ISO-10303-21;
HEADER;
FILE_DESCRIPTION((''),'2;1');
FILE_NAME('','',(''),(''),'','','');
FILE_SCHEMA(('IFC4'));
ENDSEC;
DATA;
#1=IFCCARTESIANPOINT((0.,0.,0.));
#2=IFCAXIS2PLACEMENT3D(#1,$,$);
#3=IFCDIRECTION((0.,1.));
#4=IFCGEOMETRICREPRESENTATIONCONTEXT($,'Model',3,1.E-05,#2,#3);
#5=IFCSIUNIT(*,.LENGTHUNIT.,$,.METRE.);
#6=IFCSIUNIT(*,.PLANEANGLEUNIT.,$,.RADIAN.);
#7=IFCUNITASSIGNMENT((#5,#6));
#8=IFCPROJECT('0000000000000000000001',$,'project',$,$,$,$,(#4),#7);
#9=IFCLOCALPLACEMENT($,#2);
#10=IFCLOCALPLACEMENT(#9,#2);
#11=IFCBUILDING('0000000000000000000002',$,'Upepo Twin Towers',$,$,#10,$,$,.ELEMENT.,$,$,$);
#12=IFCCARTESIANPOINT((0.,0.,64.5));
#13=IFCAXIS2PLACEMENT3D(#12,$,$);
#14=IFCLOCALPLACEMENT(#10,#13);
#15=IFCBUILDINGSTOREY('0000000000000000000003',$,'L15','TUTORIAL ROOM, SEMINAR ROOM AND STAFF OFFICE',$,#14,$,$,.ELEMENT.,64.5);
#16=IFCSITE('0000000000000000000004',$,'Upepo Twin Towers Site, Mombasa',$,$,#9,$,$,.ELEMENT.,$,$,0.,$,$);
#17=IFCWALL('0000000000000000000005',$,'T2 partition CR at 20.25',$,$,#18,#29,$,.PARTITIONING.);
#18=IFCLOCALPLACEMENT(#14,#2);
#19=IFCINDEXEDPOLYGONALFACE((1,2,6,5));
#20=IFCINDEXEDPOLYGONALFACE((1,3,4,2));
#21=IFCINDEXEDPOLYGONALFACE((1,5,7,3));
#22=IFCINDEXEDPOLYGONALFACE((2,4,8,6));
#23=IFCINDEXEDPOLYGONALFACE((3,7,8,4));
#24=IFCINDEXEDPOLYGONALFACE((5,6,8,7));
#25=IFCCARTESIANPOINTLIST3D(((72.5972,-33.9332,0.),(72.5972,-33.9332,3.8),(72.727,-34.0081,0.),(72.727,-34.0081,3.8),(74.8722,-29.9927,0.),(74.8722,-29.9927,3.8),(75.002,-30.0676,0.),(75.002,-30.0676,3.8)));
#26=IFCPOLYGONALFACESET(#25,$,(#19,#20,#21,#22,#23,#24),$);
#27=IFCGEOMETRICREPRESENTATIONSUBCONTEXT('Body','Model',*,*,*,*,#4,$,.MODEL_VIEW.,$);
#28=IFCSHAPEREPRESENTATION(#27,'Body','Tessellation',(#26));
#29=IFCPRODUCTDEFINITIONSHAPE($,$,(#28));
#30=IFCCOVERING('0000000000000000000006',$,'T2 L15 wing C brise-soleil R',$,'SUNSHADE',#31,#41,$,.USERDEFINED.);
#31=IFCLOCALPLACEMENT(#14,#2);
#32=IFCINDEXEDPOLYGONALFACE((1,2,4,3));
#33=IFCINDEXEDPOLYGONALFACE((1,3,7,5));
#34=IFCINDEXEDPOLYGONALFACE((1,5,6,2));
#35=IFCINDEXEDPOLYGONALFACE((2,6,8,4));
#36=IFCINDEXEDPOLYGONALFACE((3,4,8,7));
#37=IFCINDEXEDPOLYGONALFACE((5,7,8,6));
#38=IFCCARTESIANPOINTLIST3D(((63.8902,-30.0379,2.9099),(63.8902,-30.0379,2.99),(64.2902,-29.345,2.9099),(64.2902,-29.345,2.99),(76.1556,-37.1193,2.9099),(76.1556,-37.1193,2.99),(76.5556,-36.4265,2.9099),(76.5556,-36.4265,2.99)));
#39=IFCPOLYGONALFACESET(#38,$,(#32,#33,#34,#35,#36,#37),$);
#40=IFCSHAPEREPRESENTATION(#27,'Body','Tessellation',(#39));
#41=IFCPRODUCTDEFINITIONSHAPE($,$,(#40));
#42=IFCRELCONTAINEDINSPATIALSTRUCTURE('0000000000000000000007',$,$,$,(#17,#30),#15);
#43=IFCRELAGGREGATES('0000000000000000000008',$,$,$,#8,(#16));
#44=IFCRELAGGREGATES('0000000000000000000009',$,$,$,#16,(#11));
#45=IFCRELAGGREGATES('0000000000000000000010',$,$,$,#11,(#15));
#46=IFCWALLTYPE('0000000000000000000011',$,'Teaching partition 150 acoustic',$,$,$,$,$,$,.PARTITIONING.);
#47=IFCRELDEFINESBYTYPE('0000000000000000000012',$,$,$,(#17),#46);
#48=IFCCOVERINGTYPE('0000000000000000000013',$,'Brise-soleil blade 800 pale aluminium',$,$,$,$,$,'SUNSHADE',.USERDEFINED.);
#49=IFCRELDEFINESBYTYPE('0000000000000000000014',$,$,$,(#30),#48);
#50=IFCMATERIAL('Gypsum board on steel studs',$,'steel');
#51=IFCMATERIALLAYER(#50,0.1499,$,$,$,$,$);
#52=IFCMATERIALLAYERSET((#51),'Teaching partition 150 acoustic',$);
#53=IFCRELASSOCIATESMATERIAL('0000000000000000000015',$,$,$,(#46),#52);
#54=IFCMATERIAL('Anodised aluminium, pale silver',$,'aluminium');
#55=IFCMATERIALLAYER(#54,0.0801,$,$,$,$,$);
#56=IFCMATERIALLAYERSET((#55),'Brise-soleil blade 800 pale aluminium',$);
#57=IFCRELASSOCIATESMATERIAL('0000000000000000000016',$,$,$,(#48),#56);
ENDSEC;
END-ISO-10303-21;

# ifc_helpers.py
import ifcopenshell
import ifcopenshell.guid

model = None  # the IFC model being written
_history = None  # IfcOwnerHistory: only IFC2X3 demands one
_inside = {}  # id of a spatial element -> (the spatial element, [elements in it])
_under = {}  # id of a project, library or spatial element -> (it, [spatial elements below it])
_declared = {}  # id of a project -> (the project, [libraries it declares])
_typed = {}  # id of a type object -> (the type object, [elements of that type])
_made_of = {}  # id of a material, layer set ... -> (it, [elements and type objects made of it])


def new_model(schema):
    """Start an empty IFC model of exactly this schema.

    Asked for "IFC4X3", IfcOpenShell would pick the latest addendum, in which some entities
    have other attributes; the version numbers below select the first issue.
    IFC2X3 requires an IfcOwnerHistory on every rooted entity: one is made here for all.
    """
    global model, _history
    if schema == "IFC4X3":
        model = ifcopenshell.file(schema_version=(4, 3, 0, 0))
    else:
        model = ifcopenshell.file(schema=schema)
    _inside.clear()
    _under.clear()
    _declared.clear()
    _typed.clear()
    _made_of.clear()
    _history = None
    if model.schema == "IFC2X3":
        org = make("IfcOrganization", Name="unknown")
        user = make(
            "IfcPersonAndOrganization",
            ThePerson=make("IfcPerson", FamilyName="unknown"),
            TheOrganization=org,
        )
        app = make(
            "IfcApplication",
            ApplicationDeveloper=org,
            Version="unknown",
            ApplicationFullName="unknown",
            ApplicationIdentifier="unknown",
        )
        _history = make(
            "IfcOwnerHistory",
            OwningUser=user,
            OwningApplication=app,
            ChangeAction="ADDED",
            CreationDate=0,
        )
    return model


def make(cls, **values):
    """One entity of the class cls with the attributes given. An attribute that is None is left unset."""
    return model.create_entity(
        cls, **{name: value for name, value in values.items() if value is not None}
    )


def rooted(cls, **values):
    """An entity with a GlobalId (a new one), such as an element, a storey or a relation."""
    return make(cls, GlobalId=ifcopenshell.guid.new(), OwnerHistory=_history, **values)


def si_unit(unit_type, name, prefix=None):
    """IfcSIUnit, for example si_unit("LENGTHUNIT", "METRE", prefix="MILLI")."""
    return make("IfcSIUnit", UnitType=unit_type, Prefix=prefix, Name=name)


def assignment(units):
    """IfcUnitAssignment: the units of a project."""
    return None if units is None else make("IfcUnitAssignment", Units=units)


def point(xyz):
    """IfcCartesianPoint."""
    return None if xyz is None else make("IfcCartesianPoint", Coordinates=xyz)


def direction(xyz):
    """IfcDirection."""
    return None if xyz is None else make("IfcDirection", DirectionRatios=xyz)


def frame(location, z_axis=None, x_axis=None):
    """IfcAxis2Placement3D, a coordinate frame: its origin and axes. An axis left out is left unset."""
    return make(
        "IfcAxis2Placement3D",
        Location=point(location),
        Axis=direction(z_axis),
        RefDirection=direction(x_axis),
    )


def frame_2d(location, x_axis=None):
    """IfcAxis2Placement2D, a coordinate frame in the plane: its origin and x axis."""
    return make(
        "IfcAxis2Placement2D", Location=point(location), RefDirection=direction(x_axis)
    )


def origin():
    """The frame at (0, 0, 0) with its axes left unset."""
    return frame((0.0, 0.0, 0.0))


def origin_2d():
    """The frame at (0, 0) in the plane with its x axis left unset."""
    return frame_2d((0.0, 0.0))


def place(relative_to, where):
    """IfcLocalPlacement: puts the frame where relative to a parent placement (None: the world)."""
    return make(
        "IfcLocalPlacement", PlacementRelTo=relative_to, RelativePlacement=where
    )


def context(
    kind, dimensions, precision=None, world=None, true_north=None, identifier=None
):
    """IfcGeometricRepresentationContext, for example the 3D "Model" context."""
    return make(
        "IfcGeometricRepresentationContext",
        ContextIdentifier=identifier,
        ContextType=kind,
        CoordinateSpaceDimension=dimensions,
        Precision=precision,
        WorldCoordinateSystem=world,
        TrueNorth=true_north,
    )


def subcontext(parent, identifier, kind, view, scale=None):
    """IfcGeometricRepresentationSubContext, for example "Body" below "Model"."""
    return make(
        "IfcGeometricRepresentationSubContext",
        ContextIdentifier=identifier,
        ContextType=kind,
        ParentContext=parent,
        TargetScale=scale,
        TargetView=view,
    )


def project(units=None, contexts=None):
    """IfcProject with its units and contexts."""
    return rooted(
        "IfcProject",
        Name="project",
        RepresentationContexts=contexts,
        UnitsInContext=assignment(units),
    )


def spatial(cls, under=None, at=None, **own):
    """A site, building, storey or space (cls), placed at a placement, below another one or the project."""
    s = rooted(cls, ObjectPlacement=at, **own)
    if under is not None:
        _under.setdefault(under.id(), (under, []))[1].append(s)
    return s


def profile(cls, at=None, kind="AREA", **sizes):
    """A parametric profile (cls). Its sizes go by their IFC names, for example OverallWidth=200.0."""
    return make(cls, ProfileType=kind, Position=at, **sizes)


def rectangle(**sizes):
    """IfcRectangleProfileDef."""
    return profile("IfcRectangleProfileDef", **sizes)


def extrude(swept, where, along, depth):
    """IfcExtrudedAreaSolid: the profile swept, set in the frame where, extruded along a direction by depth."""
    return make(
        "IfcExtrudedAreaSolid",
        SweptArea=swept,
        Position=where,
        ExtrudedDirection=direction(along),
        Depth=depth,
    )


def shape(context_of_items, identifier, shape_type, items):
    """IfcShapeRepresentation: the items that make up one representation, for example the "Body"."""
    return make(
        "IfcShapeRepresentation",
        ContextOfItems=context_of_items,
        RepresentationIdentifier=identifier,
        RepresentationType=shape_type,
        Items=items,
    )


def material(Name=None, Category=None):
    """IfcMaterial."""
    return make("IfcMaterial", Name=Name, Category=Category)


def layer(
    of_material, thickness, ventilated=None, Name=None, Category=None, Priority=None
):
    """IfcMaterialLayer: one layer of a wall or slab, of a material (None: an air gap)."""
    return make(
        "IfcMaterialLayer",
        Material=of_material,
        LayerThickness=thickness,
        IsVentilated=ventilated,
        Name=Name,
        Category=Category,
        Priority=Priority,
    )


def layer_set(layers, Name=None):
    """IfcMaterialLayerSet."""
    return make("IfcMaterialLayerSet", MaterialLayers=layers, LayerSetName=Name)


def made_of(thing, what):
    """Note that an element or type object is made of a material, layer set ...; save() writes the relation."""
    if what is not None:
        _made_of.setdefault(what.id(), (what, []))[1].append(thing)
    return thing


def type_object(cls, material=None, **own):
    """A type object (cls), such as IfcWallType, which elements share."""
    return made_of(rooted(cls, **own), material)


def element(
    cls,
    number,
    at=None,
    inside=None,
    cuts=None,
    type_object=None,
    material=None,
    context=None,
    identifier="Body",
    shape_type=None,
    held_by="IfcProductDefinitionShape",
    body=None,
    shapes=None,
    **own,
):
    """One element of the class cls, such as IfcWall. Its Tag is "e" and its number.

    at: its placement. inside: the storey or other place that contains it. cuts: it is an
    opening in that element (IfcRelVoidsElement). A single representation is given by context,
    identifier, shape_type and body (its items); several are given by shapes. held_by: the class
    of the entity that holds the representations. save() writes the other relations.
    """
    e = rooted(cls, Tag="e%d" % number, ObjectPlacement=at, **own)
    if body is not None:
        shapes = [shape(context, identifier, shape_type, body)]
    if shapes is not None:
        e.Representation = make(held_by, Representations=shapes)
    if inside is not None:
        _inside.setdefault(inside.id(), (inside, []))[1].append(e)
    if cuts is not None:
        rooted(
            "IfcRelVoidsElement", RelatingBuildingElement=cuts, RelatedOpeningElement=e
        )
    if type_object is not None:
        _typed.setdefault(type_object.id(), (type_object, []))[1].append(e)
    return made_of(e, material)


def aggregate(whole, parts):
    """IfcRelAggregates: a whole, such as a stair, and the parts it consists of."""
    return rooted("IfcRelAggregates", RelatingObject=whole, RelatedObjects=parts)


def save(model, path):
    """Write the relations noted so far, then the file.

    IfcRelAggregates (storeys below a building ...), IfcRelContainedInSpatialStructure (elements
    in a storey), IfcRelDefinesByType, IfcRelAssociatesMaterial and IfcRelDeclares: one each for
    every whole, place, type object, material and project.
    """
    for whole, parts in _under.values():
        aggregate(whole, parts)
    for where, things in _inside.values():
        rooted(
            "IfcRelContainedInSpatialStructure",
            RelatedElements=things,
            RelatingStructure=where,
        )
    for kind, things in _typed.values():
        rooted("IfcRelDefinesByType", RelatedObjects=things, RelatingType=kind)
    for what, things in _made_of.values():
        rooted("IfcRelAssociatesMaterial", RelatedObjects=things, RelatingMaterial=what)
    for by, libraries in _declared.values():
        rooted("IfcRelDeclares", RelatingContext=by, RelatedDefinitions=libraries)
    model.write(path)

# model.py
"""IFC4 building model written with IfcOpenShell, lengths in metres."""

from ifc_helpers import new_model, si_unit, direction, frame, frame_2d, origin, origin_2d, place, context, subcontext, project, spatial, rectangle, extrude, material, layer, layer_set, type_object, element, save


model = new_model("IFC4")

# Units and contexts
model_context = context("Model", 3, precision=1e-05, world=origin(), true_north=direction((0.0, 1.0)))
body_context = subcontext(model_context, "Body", "Model", "MODEL_VIEW")
ifc_project = project(units=[si_unit("LENGTHUNIT", "METRE"), si_unit("PLANEANGLEUNIT", "RADIAN")], contexts=[model_context])

# Site, building, storey
site_placement = place(None, origin())
site = spatial("IfcSite", under=ifc_project, at=site_placement, Name="Upepo Twin Towers Site, Mombasa", CompositionType="ELEMENT", RefElevation=0.0)
building_placement = place(site_placement, origin())
building = spatial("IfcBuilding", under=site, at=building_placement, Name="Upepo Twin Towers", CompositionType="ELEMENT")
storey_placement = place(building_placement, frame((0.0, 0.0, 64.5)))
storey = spatial("IfcBuildingStorey", under=building, at=storey_placement, Name="L15", Description="TUTORIAL ROOM, SEMINAR ROOM AND STAFF OFFICE", CompositionType="ELEMENT", Elevation=64.5)

# Shared definitions
ifc_material_1 = material(Name="Gypsum board on steel studs", Category="steel")
ifc_layer_1 = layer(ifc_material_1, 0.1499)
ifc_layer_set_1 = layer_set([ifc_layer_1], Name="Teaching partition 150 acoustic")
wall_type_1 = type_object("IfcWallType", Name="Teaching partition 150 acoustic", PredefinedType="PARTITIONING", material=ifc_layer_set_1)

# Wall
wall_1_placement = place(storey_placement, frame((74.937, -30.0303, 0.0), z_axis=(0.0, 0.0, 1.0), x_axis=(-0.499983, -0.866035, 0.0)))
element("IfcWall", 1, at=wall_1_placement, inside=storey, type_object=wall_type_1, Name="T2 partition CR at 20.25", PredefinedType="PARTITIONING", context=body_context, shape_type="SweptSolid", body=[
    extrude(rectangle(XDim=4.55, YDim=0.1499, at=frame_2d((2.2749, 0.0))), origin(), (0.0, 0.0, 1.0), 3.8),
])

# Covering
ifc_material_2 = material(Name="Anodised aluminium, pale silver", Category="aluminium")
ifc_layer_2 = layer(ifc_material_2, 0.0801)
ifc_layer_set_2 = layer_set([ifc_layer_2], Name="Brise-soleil blade 800 pale aluminium")
covering_type = type_object("IfcCoveringType", Name="Brise-soleil blade 800 pale aluminium", ElementType="SUNSHADE", PredefinedType="USERDEFINED", material=ifc_layer_set_2)
covering_placement = place(storey_placement, frame((70.2229, -33.2322, 2.9099), z_axis=(0.0, 0.0, 1.0), x_axis=(0.866025, -0.5, 0.0)))
element("IfcCovering", 2, at=covering_placement, inside=storey, type_object=covering_type, Name="T2 L15 wing C brise-soleil R", ObjectType="SUNSHADE", PredefinedType="USERDEFINED", context=body_context, shape_type="SweptSolid", body=[
    extrude(rectangle(XDim=14.1628, YDim=0.8, at=origin_2d()), origin(), (0.0, 0.0, 1.0), 0.0801),
])

save(model, "model.ifc")
